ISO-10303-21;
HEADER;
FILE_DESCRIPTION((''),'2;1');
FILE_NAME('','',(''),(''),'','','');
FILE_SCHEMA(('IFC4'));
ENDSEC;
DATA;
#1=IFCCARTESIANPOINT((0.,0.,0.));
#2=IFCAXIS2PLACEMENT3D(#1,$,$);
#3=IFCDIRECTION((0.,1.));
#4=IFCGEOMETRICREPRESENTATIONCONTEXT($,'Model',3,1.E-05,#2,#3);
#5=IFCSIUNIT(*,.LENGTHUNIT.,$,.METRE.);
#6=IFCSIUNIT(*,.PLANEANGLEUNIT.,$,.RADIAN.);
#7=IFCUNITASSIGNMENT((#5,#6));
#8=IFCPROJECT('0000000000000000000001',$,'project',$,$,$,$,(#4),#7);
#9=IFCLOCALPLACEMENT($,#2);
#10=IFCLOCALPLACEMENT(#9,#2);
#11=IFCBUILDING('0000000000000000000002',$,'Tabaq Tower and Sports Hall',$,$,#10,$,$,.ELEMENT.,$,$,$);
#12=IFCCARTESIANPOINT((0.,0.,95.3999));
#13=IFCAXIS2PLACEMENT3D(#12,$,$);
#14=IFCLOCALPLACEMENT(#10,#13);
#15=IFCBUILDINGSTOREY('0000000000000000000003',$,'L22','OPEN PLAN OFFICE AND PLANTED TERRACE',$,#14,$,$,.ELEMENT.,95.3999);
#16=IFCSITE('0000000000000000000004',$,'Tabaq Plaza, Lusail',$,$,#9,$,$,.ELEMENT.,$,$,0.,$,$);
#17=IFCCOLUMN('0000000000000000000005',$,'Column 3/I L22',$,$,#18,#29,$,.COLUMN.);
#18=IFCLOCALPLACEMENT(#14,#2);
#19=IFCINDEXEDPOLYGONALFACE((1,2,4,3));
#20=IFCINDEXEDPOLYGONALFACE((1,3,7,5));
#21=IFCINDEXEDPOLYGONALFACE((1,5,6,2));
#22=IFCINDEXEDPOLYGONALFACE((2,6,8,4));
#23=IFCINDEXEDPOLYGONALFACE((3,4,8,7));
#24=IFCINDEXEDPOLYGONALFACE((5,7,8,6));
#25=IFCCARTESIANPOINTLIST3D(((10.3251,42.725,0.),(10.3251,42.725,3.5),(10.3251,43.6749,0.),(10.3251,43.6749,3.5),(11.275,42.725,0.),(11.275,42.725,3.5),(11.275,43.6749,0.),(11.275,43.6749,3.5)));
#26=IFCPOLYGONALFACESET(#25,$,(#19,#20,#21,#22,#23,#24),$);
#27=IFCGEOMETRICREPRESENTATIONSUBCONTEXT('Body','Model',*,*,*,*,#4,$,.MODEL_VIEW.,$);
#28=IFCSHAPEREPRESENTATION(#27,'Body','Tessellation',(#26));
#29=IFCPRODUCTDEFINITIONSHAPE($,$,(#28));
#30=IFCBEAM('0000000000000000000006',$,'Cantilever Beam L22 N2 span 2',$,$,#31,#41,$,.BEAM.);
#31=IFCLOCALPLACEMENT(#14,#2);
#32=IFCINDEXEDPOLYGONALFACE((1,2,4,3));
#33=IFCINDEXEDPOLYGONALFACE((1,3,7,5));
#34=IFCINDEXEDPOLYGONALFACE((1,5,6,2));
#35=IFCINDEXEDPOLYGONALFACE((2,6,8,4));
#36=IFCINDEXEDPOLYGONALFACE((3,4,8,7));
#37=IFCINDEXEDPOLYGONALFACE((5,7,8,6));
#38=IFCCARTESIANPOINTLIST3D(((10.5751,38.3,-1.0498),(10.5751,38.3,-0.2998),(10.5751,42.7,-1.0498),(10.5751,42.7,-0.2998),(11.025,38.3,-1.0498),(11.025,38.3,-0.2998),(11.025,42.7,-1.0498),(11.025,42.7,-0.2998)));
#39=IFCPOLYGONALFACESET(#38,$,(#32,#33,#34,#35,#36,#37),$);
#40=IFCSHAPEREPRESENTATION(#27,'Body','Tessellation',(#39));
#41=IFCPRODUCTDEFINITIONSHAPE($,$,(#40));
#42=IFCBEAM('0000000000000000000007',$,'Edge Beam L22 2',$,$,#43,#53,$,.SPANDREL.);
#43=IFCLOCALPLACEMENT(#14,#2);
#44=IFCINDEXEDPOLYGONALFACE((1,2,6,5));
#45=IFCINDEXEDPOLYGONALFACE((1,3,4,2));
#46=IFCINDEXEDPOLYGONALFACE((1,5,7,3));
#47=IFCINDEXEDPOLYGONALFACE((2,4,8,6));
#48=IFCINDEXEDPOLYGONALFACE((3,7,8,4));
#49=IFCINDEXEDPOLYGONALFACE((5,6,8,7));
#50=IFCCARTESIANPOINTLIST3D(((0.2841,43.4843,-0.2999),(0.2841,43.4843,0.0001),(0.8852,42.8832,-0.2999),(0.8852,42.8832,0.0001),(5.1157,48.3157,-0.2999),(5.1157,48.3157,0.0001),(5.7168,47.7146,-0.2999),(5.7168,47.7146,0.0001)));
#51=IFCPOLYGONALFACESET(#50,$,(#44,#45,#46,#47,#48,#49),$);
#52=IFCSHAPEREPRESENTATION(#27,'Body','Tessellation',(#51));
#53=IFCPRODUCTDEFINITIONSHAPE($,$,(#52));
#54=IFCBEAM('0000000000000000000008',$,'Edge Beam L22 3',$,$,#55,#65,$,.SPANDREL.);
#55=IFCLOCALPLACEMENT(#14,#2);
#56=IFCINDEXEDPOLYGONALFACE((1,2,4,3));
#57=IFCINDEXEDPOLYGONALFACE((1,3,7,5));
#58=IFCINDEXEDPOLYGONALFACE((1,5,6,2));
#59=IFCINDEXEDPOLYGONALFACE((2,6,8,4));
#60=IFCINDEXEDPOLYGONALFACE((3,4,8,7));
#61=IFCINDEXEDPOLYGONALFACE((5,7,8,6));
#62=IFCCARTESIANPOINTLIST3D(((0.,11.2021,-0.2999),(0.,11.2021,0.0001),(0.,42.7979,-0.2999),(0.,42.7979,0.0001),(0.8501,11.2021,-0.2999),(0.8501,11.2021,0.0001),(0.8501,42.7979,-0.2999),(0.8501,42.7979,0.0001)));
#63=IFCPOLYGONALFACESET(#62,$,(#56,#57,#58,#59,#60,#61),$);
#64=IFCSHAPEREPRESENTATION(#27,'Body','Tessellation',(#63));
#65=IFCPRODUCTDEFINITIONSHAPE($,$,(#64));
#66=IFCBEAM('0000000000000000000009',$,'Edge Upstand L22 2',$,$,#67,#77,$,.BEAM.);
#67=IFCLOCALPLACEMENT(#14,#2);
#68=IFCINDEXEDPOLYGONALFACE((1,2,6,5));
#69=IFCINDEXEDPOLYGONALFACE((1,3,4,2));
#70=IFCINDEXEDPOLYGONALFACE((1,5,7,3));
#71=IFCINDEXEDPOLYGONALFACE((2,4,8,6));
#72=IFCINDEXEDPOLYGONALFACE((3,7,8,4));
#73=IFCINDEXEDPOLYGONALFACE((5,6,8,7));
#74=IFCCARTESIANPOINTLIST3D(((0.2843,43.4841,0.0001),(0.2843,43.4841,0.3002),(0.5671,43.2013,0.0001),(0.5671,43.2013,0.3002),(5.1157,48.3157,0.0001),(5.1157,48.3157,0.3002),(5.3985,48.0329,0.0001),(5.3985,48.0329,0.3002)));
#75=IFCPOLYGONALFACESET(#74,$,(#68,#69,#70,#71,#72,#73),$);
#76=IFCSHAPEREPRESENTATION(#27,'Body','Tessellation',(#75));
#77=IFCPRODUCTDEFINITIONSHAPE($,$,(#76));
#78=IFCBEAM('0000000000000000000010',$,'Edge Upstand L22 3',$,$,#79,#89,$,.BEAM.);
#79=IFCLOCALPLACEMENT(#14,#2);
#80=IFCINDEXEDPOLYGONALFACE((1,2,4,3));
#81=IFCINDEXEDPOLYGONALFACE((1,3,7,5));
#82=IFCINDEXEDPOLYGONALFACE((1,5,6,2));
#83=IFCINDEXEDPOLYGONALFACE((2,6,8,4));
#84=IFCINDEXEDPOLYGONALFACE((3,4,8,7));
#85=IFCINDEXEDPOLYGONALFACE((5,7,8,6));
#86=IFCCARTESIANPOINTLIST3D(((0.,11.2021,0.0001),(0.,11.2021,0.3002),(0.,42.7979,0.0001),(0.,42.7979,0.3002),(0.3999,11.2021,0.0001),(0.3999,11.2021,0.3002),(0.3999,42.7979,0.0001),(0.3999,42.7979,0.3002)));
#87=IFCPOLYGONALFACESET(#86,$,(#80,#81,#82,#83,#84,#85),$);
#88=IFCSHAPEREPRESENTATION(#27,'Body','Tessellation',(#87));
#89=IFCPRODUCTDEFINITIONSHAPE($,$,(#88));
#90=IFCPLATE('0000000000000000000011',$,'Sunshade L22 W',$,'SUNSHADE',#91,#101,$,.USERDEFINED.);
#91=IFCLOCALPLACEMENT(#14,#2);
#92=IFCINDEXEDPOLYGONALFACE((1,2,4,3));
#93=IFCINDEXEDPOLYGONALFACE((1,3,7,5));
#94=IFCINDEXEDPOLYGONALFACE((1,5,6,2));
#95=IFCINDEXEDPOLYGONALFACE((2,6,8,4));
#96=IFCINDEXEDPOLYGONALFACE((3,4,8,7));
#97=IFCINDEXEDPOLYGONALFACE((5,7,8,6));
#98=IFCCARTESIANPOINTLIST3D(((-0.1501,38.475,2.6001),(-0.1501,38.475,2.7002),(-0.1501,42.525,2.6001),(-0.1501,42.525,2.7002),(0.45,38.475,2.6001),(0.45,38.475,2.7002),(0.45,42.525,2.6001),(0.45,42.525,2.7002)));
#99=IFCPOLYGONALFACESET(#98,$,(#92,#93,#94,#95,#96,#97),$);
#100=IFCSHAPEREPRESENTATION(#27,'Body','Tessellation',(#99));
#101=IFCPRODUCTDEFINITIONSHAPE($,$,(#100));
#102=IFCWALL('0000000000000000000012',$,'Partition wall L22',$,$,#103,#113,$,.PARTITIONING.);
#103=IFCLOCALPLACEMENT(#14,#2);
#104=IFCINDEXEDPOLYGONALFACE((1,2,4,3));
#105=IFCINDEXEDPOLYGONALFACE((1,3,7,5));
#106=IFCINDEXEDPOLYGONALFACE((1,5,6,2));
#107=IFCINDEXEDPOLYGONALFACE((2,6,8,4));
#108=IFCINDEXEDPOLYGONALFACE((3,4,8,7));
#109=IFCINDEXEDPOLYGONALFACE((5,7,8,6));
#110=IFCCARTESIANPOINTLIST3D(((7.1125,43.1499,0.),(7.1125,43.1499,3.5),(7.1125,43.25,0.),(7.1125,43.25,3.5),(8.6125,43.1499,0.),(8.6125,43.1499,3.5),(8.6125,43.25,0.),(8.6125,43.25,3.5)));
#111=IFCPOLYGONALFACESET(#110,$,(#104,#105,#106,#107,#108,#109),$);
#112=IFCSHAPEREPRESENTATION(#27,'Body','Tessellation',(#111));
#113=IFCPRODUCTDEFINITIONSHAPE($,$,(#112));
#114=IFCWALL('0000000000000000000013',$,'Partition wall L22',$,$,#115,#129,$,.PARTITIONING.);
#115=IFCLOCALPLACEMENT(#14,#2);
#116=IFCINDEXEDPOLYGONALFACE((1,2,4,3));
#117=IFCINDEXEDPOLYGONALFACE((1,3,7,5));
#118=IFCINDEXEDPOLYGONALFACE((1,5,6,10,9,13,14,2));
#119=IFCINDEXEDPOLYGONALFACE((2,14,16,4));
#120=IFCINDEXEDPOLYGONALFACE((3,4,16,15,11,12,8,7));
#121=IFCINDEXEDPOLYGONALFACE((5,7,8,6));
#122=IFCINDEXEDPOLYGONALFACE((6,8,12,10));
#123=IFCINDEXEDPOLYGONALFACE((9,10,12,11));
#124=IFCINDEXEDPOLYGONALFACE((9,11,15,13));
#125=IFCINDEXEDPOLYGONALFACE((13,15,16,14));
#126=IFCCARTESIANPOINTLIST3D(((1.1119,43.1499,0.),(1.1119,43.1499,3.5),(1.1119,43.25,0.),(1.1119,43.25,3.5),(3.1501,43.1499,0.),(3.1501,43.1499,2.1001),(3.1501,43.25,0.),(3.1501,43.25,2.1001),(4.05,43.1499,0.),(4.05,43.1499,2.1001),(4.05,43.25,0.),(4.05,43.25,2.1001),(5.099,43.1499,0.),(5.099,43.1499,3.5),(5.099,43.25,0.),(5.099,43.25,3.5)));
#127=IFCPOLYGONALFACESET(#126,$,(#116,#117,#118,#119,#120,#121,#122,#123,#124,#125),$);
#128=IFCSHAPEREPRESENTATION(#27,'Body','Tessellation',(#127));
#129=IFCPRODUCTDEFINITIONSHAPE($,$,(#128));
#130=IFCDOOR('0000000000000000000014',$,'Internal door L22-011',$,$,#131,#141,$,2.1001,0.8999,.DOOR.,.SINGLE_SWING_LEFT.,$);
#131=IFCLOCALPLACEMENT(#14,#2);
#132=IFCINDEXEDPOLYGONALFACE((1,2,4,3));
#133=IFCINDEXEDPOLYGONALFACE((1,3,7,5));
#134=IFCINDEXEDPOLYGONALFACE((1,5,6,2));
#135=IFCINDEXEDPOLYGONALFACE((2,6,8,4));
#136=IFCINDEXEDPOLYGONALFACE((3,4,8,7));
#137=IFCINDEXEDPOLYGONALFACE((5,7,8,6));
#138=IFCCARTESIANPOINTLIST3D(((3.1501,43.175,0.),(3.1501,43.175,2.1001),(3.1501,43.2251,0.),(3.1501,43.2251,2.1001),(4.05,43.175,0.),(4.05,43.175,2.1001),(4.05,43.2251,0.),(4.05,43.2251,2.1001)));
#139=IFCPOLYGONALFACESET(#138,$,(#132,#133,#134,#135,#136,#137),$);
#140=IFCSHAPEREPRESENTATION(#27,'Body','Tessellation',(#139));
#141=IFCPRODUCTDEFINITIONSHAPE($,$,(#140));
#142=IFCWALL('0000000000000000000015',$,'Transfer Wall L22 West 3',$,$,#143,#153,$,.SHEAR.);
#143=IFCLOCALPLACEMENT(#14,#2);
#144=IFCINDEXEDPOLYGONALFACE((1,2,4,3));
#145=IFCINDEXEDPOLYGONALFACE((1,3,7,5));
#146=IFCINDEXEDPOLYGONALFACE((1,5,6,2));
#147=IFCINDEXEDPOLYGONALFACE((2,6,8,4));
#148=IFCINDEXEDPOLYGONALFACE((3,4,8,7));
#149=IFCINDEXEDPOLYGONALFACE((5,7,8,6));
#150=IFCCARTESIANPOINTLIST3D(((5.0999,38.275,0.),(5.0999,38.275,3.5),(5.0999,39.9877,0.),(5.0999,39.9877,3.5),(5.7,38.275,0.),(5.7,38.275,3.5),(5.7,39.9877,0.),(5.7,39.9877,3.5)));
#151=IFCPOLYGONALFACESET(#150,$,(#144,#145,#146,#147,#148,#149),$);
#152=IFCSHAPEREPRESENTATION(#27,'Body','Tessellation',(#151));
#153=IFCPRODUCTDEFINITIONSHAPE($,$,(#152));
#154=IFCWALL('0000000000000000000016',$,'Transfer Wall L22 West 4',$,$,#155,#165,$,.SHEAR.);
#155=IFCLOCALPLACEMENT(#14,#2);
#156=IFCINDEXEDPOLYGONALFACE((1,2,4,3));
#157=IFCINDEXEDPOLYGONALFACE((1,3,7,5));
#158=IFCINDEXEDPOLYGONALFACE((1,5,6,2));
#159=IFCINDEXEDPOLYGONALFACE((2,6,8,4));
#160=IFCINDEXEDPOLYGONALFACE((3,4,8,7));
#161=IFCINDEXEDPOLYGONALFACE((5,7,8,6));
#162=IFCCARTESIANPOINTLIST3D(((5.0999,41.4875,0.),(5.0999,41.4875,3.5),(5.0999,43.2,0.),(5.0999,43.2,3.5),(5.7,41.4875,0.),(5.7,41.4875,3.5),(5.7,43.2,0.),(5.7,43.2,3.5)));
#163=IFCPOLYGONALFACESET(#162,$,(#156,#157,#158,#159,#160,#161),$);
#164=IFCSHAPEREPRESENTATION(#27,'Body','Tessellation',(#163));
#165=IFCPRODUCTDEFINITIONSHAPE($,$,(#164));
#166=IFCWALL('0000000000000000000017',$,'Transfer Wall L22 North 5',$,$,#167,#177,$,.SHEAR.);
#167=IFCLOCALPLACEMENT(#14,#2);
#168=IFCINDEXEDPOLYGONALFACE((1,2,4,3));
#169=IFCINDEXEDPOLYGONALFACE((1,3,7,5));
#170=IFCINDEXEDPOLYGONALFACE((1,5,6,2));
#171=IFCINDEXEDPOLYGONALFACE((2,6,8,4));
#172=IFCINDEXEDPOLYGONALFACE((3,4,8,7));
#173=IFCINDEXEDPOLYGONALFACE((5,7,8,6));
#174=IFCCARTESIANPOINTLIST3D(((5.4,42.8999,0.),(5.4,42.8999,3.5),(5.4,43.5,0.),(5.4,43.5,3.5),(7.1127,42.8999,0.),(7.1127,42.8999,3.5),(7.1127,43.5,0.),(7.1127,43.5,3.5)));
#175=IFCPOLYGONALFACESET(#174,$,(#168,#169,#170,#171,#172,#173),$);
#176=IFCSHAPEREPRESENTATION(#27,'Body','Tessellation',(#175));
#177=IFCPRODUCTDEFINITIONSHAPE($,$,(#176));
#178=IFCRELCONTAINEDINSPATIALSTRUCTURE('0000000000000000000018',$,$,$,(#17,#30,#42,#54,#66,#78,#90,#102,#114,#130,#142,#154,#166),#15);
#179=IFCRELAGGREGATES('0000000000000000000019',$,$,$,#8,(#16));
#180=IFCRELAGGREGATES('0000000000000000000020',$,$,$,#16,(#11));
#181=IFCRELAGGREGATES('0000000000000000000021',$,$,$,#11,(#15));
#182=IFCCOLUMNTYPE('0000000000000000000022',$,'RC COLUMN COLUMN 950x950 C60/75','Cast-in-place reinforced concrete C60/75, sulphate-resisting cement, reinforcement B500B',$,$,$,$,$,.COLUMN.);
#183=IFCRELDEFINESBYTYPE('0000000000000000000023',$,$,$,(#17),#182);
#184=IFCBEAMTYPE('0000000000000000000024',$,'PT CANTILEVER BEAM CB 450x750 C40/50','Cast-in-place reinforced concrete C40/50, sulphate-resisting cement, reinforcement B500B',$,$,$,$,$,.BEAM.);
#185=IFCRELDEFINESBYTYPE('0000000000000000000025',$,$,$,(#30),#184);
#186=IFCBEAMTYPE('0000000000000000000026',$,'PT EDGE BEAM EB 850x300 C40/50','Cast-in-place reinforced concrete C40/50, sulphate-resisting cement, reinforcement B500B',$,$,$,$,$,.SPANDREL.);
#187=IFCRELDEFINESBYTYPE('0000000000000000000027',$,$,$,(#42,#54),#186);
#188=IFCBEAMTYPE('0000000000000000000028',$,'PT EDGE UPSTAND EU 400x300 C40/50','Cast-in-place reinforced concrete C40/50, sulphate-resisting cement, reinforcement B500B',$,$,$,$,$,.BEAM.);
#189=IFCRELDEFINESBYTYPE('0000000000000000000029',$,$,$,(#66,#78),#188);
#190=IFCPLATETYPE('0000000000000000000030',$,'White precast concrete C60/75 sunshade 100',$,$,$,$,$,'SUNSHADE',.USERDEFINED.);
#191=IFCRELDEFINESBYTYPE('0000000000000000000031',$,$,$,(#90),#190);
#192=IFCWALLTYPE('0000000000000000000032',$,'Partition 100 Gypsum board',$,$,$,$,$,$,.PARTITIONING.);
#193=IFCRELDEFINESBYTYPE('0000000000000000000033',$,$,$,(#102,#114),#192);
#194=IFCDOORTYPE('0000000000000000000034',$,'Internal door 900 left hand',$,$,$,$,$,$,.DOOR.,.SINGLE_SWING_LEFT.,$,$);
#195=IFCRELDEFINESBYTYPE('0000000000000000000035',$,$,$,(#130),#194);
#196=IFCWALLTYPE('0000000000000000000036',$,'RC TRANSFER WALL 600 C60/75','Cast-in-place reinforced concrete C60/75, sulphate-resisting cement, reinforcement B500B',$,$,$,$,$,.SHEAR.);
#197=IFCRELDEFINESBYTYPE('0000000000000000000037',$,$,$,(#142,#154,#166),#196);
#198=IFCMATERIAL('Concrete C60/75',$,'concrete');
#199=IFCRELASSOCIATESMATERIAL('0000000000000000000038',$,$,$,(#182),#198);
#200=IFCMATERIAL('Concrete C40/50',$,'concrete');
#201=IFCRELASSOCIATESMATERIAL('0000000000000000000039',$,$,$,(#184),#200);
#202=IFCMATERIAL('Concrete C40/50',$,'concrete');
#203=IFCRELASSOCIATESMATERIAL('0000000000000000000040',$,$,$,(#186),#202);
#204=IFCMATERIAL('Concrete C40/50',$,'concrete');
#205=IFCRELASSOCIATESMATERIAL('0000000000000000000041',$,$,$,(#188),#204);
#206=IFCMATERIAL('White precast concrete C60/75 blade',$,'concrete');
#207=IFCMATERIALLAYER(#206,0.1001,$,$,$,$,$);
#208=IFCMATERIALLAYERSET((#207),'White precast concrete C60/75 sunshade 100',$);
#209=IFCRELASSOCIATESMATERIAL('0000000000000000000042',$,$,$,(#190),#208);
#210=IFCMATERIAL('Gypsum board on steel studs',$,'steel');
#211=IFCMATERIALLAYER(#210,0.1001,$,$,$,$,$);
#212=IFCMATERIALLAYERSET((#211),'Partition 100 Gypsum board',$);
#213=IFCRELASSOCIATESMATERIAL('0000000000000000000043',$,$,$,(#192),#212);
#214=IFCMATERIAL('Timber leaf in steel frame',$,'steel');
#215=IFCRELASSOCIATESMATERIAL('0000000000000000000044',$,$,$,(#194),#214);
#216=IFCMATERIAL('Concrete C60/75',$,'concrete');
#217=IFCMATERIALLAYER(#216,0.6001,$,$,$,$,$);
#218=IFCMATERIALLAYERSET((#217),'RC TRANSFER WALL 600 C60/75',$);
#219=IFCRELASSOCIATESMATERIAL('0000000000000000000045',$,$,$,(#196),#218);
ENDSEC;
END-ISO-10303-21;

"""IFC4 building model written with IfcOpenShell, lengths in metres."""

from ifc_helpers import new_model, si_unit, direction, frame, frame_2d, origin, origin_2d, place, context, subcontext, project, spatial, rectangle, extrude, material, layer, layer_set, material_profile, profile_set, type_object, element, fill, save


model = new_model("IFC4")

# Units and contexts
model_context = context("Model", 3, precision=1e-05, world=origin(), true_north=direction((0.0, 1.0)))
body_context = subcontext(model_context, "Body", "Model", "MODEL_VIEW")
ifc_project = project(units=[si_unit("LENGTHUNIT", "METRE"), si_unit("PLANEANGLEUNIT", "RADIAN")], contexts=[model_context])

# Site, building, storey
site_placement = place(None, origin())
site = spatial("IfcSite", under=ifc_project, at=site_placement, Name="Tabaq Plaza, Lusail", CompositionType="ELEMENT", RefElevation=0.0)
building_placement = place(site_placement, origin())
building = spatial("IfcBuilding", under=site, at=building_placement, Name="Tabaq Tower and Sports Hall", CompositionType="ELEMENT")
storey_placement = place(building_placement, frame((0.0, 0.0, 95.3999)))
storey = spatial("IfcBuildingStorey", under=building, at=storey_placement, Name="L22", Description="OPEN PLAN OFFICE AND PLANTED TERRACE", CompositionType="ELEMENT", Elevation=95.3999)

# Column
ifc_material_1 = material(Name="Concrete C60/75", Category="concrete")
ifc_material_profile_1 = material_profile(ifc_material_1, rectangle(XDim=0.95, YDim=0.95, at=origin_2d()), Name="COLUMN 950x950")
ifc_profile_set_1 = profile_set([ifc_material_profile_1], Name="Concrete C60/75")
column_type = type_object("IfcColumnType", Name="RC COLUMN COLUMN 950x950 C60/75", Description="Cast-in-place reinforced concrete C60/75, sulphate-resisting cement, reinforcement B500B", PredefinedType="COLUMN", material=ifc_profile_set_1)
column_placement = place(storey_placement, frame((10.8, 43.2, 0.0), z_axis=(0.0, 0.0, 1.0), x_axis=(1.0, 0.0, 0.0)))
element("IfcColumn", 1, at=column_placement, inside=storey, type_object=column_type, Name="Column 3/I L22", PredefinedType="COLUMN", context=body_context, shape_type="SweptSolid", body=[
    extrude(rectangle(XDim=0.95, YDim=0.95, at=origin_2d()), origin(), (0.0, 0.0, 1.0), 3.5),
])

# Beams
ifc_material_2 = material(Name="Concrete C40/50", Category="concrete")
ifc_material_profile_2 = material_profile(ifc_material_2, rectangle(XDim=0.45, YDim=0.75, at=origin_2d()), Name="CB 450x750")
ifc_profile_set_2 = profile_set([ifc_material_profile_2], Name="Concrete C40/50")
beam_type_1 = type_object("IfcBeamType", Name="PT CANTILEVER BEAM CB 450x750 C40/50", Description="Cast-in-place reinforced concrete C40/50, sulphate-resisting cement, reinforcement B500B", PredefinedType="BEAM", material=ifc_profile_set_2)
beam_1_placement = place(storey_placement, frame((10.8, 42.7, -0.6748), z_axis=(0.0, -1.0, 0.0), x_axis=(1.0, 0.0, 0.0)))
element("IfcBeam", 2, at=beam_1_placement, inside=storey, type_object=beam_type_1, Name="Cantilever Beam L22 N2 span 2", PredefinedType="BEAM", context=body_context, shape_type="SweptSolid", body=[
    extrude(rectangle(XDim=0.45, YDim=0.75, at=origin_2d()), origin(), (0.0, 0.0, 1.0), 4.3999),
])
ifc_material_3 = material(Name="Concrete C40/50", Category="concrete")
ifc_material_profile_3 = material_profile(ifc_material_3, rectangle(XDim=0.8501, YDim=0.3, at=origin_2d()), Name="EB 850x300")
ifc_profile_set_3 = profile_set([ifc_material_profile_3], Name="Concrete C40/50")
beam_type_2 = type_object("IfcBeamType", Name="PT EDGE BEAM EB 850x300 C40/50", Description="Cast-in-place reinforced concrete C40/50, sulphate-resisting cement, reinforcement B500B", PredefinedType="SPANDREL", material=ifc_profile_set_3)
beam_2_placement = place(storey_placement, frame((5.4163, 48.0151, -0.1499), z_axis=(-0.707125, -0.707089, 0.0), x_axis=(0.707089, -0.707125, 0.0)))
element("IfcBeam", 3, at=beam_2_placement, inside=storey, type_object=beam_type_2, Name="Edge Beam L22 2", PredefinedType="SPANDREL", context=body_context, shape_type="SweptSolid", body=[
    extrude(rectangle(XDim=0.8501, YDim=0.3, at=origin_2d()), origin(), (0.0, 0.0, 1.0), 6.8328),
])
beam_3_placement = place(storey_placement, frame((0.425, 42.7979, -0.1499), z_axis=(0.0, -1.0, 0.0), x_axis=(1.0, 0.0, 0.0)))
element("IfcBeam", 4, at=beam_3_placement, inside=storey, type_object=beam_type_2, Name="Edge Beam L22 3", PredefinedType="SPANDREL", context=body_context, shape_type="SweptSolid", body=[
    extrude(rectangle(XDim=0.8501, YDim=0.3, at=origin_2d()), origin(), (0.0, 0.0, 1.0), 31.5957),
])
ifc_material_4 = material(Name="Concrete C40/50", Category="concrete")
ifc_material_profile_4 = material_profile(ifc_material_4, rectangle(XDim=0.3999, YDim=0.3, at=origin_2d()), Name="EU 400x300")
ifc_profile_set_4 = profile_set([ifc_material_profile_4], Name="Concrete C40/50")
beam_type_3 = type_object("IfcBeamType", Name="PT EDGE UPSTAND EU 400x300 C40/50", Description="Cast-in-place reinforced concrete C40/50, sulphate-resisting cement, reinforcement B500B", PredefinedType="BEAM", material=ifc_profile_set_4)
beam_4_placement = place(storey_placement, frame((5.2571, 48.1743, 0.1501), z_axis=(-0.707089, -0.707125, 0.0), x_axis=(0.707125, -0.707089, 0.0)))
element("IfcBeam", 5, at=beam_4_placement, inside=storey, type_object=beam_type_3, Name="Edge Upstand L22 2", PredefinedType="BEAM", context=body_context, shape_type="SweptSolid", body=[
    extrude(rectangle(XDim=0.3999, YDim=0.3, at=origin_2d()), origin(), (0.0, 0.0, 1.0), 6.8328),
])
beam_5_placement = place(storey_placement, frame((0.2, 42.7979, 0.1501), z_axis=(0.0, -1.0, 0.0), x_axis=(1.0, 0.0, 0.0)))
element("IfcBeam", 6, at=beam_5_placement, inside=storey, type_object=beam_type_3, Name="Edge Upstand L22 3", PredefinedType="BEAM", context=body_context, shape_type="SweptSolid", body=[
    extrude(rectangle(XDim=0.3999, YDim=0.3, at=origin_2d()), origin(), (0.0, 0.0, 1.0), 31.5957),
])

# Plate
ifc_material_5 = material(Name="White precast concrete C60/75 blade", Category="concrete")
ifc_layer_1 = layer(ifc_material_5, 0.1001)
ifc_layer_set_1 = layer_set([ifc_layer_1], Name="White precast concrete C60/75 sunshade 100")
plate_type = type_object("IfcPlateType", Name="White precast concrete C60/75 sunshade 100", ElementType="SUNSHADE", PredefinedType="USERDEFINED", material=ifc_layer_set_1)
plate_placement = place(storey_placement, frame((0.1499, 40.5, 2.6001), z_axis=(0.0, 0.0, 1.0), x_axis=(0.0, -1.0, 0.0)))
element("IfcPlate", 7, at=plate_placement, inside=storey, type_object=plate_type, Name="Sunshade L22 W", ObjectType="SUNSHADE", PredefinedType="USERDEFINED", context=body_context, shape_type="SweptSolid", body=[
    extrude(rectangle(XDim=4.05, YDim=0.6001, at=origin_2d()), origin(), (0.0, 0.0, 1.0), 0.1001),
])

# Wall
ifc_material_6 = material(Name="Gypsum board on steel studs", Category="steel")
ifc_layer_2 = layer(ifc_material_6, 0.1001)
ifc_layer_set_2 = layer_set([ifc_layer_2], Name="Partition 100 Gypsum board")
wall_type_1 = type_object("IfcWallType", Name="Partition 100 Gypsum board", PredefinedType="PARTITIONING", material=ifc_layer_set_2)
wall_1_placement = place(storey_placement, frame((8.6125, 43.2, 0.0), z_axis=(0.0, 0.0, 1.0), x_axis=(-1.0, 0.0, 0.0)))
element("IfcWall", 8, at=wall_1_placement, inside=storey, type_object=wall_type_1, Name="Partition wall L22", PredefinedType="PARTITIONING", context=body_context, shape_type="SweptSolid", body=[
    extrude(rectangle(XDim=1.5, YDim=0.1001, at=frame_2d((0.75, 0.0))), origin(), (0.0, 0.0, 1.0), 3.5),
])

# Wall, opening, door
wall_2_placement = place(storey_placement, frame((5.0991, 43.2, 0.0), z_axis=(0.0, 0.0, 1.0), x_axis=(-1.0, 0.0, 0.0)))
wall_2 = element("IfcWall", 9, at=wall_2_placement, inside=storey, type_object=wall_type_1, Name="Partition wall L22", PredefinedType="PARTITIONING", context=body_context, shape_type="SweptSolid", body=[
    extrude(rectangle(XDim=3.9871, YDim=0.1001, at=frame_2d((1.9937, 0.0))), origin(), (0.0, 0.0, 1.0), 3.5),
])
opening_1_placement = place(wall_2_placement, frame((1.0491, 0.0, 0.0)))
opening_1 = element("IfcOpeningElement", 10, at=opening_1_placement, cuts=wall_2, PredefinedType="OPENING", context=body_context, shape_type="SweptSolid", body=[
    extrude(rectangle(XDim=0.8999, YDim=2.1001, at=frame_2d((0.45, 1.05))), frame((0.0, 0.05, 0.0), z_axis=(0.0, -1.0, 0.0), x_axis=(1.0, 0.0, 0.0)), (0.0, 0.0, 1.0), 0.1001),
])
ifc_material_7 = material(Name="Timber leaf in steel frame", Category="steel")
door_type = type_object("IfcDoorType", Name="Internal door 900 left hand", OperationType="SINGLE_SWING_LEFT", PredefinedType="DOOR", material=ifc_material_7)
door_placement = place(opening_1_placement, origin())
door = element("IfcDoor", 11, at=door_placement, inside=storey, type_object=door_type, Name="Internal door L22-011", OperationType="SINGLE_SWING_LEFT", OverallHeight=2.1001, OverallWidth=0.8999, PredefinedType="DOOR", context=body_context, shape_type="SweptSolid", body=[
    extrude(rectangle(XDim=0.8999, YDim=2.1001, at=frame_2d((0.45, 1.05))), frame((0.0, 0.0249, 0.0), z_axis=(0.0, -1.0, 0.0), x_axis=(1.0, 0.0, 0.0)), (0.0, 0.0, 1.0), 0.05),
])
fill(opening_1, door)

# Walls
ifc_material_8 = material(Name="Concrete C60/75", Category="concrete")
ifc_layer_3 = layer(ifc_material_8, 0.6001)
ifc_layer_set_3 = layer_set([ifc_layer_3], Name="RC TRANSFER WALL 600 C60/75")
wall_type_2 = type_object("IfcWallType", Name="RC TRANSFER WALL 600 C60/75", Description="Cast-in-place reinforced concrete C60/75, sulphate-resisting cement, reinforcement B500B", PredefinedType="SHEAR", material=ifc_layer_set_3)
wall_3_placement = place(storey_placement, frame((5.3999, 38.2749, 0.0), z_axis=(0.0, 0.0, 1.0), x_axis=(0.0, 1.0, 0.0)))
element("IfcWall", 12, at=wall_3_placement, inside=storey, type_object=wall_type_2, Name="Transfer Wall L22 West 3", PredefinedType="SHEAR", context=body_context, shape_type="SweptSolid", body=[
    extrude(rectangle(XDim=1.7126, YDim=0.6001, at=frame_2d((0.8564, 0.0))), origin(), (0.0, 0.0, 1.0), 3.5),
])
wall_4_placement = place(storey_placement, frame((5.3999, 41.4875, 0.0), z_axis=(0.0, 0.0, 1.0), x_axis=(0.0, 1.0, 0.0)))
element("IfcWall", 13, at=wall_4_placement, inside=storey, type_object=wall_type_2, Name="Transfer Wall L22 West 4", PredefinedType="SHEAR", context=body_context, shape_type="SweptSolid", body=[
    extrude(rectangle(XDim=1.7124, YDim=0.6001, at=frame_2d((0.8562, 0.0))), origin(), (0.0, 0.0, 1.0), 3.5),
])
wall_5_placement = place(storey_placement, frame((5.3999, 43.2, 0.0), z_axis=(0.0, 0.0, 1.0), x_axis=(1.0, 0.0, 0.0)))
element("IfcWall", 14, at=wall_5_placement, inside=storey, type_object=wall_type_2, Name="Transfer Wall L22 North 5", PredefinedType="SHEAR", context=body_context, shape_type="SweptSolid", body=[
    extrude(rectangle(XDim=1.7126, YDim=0.6001, at=frame_2d((0.8564, 0.0))), origin(), (0.0, 0.0, 1.0), 3.5),
])

save(model, "model.ifc")
